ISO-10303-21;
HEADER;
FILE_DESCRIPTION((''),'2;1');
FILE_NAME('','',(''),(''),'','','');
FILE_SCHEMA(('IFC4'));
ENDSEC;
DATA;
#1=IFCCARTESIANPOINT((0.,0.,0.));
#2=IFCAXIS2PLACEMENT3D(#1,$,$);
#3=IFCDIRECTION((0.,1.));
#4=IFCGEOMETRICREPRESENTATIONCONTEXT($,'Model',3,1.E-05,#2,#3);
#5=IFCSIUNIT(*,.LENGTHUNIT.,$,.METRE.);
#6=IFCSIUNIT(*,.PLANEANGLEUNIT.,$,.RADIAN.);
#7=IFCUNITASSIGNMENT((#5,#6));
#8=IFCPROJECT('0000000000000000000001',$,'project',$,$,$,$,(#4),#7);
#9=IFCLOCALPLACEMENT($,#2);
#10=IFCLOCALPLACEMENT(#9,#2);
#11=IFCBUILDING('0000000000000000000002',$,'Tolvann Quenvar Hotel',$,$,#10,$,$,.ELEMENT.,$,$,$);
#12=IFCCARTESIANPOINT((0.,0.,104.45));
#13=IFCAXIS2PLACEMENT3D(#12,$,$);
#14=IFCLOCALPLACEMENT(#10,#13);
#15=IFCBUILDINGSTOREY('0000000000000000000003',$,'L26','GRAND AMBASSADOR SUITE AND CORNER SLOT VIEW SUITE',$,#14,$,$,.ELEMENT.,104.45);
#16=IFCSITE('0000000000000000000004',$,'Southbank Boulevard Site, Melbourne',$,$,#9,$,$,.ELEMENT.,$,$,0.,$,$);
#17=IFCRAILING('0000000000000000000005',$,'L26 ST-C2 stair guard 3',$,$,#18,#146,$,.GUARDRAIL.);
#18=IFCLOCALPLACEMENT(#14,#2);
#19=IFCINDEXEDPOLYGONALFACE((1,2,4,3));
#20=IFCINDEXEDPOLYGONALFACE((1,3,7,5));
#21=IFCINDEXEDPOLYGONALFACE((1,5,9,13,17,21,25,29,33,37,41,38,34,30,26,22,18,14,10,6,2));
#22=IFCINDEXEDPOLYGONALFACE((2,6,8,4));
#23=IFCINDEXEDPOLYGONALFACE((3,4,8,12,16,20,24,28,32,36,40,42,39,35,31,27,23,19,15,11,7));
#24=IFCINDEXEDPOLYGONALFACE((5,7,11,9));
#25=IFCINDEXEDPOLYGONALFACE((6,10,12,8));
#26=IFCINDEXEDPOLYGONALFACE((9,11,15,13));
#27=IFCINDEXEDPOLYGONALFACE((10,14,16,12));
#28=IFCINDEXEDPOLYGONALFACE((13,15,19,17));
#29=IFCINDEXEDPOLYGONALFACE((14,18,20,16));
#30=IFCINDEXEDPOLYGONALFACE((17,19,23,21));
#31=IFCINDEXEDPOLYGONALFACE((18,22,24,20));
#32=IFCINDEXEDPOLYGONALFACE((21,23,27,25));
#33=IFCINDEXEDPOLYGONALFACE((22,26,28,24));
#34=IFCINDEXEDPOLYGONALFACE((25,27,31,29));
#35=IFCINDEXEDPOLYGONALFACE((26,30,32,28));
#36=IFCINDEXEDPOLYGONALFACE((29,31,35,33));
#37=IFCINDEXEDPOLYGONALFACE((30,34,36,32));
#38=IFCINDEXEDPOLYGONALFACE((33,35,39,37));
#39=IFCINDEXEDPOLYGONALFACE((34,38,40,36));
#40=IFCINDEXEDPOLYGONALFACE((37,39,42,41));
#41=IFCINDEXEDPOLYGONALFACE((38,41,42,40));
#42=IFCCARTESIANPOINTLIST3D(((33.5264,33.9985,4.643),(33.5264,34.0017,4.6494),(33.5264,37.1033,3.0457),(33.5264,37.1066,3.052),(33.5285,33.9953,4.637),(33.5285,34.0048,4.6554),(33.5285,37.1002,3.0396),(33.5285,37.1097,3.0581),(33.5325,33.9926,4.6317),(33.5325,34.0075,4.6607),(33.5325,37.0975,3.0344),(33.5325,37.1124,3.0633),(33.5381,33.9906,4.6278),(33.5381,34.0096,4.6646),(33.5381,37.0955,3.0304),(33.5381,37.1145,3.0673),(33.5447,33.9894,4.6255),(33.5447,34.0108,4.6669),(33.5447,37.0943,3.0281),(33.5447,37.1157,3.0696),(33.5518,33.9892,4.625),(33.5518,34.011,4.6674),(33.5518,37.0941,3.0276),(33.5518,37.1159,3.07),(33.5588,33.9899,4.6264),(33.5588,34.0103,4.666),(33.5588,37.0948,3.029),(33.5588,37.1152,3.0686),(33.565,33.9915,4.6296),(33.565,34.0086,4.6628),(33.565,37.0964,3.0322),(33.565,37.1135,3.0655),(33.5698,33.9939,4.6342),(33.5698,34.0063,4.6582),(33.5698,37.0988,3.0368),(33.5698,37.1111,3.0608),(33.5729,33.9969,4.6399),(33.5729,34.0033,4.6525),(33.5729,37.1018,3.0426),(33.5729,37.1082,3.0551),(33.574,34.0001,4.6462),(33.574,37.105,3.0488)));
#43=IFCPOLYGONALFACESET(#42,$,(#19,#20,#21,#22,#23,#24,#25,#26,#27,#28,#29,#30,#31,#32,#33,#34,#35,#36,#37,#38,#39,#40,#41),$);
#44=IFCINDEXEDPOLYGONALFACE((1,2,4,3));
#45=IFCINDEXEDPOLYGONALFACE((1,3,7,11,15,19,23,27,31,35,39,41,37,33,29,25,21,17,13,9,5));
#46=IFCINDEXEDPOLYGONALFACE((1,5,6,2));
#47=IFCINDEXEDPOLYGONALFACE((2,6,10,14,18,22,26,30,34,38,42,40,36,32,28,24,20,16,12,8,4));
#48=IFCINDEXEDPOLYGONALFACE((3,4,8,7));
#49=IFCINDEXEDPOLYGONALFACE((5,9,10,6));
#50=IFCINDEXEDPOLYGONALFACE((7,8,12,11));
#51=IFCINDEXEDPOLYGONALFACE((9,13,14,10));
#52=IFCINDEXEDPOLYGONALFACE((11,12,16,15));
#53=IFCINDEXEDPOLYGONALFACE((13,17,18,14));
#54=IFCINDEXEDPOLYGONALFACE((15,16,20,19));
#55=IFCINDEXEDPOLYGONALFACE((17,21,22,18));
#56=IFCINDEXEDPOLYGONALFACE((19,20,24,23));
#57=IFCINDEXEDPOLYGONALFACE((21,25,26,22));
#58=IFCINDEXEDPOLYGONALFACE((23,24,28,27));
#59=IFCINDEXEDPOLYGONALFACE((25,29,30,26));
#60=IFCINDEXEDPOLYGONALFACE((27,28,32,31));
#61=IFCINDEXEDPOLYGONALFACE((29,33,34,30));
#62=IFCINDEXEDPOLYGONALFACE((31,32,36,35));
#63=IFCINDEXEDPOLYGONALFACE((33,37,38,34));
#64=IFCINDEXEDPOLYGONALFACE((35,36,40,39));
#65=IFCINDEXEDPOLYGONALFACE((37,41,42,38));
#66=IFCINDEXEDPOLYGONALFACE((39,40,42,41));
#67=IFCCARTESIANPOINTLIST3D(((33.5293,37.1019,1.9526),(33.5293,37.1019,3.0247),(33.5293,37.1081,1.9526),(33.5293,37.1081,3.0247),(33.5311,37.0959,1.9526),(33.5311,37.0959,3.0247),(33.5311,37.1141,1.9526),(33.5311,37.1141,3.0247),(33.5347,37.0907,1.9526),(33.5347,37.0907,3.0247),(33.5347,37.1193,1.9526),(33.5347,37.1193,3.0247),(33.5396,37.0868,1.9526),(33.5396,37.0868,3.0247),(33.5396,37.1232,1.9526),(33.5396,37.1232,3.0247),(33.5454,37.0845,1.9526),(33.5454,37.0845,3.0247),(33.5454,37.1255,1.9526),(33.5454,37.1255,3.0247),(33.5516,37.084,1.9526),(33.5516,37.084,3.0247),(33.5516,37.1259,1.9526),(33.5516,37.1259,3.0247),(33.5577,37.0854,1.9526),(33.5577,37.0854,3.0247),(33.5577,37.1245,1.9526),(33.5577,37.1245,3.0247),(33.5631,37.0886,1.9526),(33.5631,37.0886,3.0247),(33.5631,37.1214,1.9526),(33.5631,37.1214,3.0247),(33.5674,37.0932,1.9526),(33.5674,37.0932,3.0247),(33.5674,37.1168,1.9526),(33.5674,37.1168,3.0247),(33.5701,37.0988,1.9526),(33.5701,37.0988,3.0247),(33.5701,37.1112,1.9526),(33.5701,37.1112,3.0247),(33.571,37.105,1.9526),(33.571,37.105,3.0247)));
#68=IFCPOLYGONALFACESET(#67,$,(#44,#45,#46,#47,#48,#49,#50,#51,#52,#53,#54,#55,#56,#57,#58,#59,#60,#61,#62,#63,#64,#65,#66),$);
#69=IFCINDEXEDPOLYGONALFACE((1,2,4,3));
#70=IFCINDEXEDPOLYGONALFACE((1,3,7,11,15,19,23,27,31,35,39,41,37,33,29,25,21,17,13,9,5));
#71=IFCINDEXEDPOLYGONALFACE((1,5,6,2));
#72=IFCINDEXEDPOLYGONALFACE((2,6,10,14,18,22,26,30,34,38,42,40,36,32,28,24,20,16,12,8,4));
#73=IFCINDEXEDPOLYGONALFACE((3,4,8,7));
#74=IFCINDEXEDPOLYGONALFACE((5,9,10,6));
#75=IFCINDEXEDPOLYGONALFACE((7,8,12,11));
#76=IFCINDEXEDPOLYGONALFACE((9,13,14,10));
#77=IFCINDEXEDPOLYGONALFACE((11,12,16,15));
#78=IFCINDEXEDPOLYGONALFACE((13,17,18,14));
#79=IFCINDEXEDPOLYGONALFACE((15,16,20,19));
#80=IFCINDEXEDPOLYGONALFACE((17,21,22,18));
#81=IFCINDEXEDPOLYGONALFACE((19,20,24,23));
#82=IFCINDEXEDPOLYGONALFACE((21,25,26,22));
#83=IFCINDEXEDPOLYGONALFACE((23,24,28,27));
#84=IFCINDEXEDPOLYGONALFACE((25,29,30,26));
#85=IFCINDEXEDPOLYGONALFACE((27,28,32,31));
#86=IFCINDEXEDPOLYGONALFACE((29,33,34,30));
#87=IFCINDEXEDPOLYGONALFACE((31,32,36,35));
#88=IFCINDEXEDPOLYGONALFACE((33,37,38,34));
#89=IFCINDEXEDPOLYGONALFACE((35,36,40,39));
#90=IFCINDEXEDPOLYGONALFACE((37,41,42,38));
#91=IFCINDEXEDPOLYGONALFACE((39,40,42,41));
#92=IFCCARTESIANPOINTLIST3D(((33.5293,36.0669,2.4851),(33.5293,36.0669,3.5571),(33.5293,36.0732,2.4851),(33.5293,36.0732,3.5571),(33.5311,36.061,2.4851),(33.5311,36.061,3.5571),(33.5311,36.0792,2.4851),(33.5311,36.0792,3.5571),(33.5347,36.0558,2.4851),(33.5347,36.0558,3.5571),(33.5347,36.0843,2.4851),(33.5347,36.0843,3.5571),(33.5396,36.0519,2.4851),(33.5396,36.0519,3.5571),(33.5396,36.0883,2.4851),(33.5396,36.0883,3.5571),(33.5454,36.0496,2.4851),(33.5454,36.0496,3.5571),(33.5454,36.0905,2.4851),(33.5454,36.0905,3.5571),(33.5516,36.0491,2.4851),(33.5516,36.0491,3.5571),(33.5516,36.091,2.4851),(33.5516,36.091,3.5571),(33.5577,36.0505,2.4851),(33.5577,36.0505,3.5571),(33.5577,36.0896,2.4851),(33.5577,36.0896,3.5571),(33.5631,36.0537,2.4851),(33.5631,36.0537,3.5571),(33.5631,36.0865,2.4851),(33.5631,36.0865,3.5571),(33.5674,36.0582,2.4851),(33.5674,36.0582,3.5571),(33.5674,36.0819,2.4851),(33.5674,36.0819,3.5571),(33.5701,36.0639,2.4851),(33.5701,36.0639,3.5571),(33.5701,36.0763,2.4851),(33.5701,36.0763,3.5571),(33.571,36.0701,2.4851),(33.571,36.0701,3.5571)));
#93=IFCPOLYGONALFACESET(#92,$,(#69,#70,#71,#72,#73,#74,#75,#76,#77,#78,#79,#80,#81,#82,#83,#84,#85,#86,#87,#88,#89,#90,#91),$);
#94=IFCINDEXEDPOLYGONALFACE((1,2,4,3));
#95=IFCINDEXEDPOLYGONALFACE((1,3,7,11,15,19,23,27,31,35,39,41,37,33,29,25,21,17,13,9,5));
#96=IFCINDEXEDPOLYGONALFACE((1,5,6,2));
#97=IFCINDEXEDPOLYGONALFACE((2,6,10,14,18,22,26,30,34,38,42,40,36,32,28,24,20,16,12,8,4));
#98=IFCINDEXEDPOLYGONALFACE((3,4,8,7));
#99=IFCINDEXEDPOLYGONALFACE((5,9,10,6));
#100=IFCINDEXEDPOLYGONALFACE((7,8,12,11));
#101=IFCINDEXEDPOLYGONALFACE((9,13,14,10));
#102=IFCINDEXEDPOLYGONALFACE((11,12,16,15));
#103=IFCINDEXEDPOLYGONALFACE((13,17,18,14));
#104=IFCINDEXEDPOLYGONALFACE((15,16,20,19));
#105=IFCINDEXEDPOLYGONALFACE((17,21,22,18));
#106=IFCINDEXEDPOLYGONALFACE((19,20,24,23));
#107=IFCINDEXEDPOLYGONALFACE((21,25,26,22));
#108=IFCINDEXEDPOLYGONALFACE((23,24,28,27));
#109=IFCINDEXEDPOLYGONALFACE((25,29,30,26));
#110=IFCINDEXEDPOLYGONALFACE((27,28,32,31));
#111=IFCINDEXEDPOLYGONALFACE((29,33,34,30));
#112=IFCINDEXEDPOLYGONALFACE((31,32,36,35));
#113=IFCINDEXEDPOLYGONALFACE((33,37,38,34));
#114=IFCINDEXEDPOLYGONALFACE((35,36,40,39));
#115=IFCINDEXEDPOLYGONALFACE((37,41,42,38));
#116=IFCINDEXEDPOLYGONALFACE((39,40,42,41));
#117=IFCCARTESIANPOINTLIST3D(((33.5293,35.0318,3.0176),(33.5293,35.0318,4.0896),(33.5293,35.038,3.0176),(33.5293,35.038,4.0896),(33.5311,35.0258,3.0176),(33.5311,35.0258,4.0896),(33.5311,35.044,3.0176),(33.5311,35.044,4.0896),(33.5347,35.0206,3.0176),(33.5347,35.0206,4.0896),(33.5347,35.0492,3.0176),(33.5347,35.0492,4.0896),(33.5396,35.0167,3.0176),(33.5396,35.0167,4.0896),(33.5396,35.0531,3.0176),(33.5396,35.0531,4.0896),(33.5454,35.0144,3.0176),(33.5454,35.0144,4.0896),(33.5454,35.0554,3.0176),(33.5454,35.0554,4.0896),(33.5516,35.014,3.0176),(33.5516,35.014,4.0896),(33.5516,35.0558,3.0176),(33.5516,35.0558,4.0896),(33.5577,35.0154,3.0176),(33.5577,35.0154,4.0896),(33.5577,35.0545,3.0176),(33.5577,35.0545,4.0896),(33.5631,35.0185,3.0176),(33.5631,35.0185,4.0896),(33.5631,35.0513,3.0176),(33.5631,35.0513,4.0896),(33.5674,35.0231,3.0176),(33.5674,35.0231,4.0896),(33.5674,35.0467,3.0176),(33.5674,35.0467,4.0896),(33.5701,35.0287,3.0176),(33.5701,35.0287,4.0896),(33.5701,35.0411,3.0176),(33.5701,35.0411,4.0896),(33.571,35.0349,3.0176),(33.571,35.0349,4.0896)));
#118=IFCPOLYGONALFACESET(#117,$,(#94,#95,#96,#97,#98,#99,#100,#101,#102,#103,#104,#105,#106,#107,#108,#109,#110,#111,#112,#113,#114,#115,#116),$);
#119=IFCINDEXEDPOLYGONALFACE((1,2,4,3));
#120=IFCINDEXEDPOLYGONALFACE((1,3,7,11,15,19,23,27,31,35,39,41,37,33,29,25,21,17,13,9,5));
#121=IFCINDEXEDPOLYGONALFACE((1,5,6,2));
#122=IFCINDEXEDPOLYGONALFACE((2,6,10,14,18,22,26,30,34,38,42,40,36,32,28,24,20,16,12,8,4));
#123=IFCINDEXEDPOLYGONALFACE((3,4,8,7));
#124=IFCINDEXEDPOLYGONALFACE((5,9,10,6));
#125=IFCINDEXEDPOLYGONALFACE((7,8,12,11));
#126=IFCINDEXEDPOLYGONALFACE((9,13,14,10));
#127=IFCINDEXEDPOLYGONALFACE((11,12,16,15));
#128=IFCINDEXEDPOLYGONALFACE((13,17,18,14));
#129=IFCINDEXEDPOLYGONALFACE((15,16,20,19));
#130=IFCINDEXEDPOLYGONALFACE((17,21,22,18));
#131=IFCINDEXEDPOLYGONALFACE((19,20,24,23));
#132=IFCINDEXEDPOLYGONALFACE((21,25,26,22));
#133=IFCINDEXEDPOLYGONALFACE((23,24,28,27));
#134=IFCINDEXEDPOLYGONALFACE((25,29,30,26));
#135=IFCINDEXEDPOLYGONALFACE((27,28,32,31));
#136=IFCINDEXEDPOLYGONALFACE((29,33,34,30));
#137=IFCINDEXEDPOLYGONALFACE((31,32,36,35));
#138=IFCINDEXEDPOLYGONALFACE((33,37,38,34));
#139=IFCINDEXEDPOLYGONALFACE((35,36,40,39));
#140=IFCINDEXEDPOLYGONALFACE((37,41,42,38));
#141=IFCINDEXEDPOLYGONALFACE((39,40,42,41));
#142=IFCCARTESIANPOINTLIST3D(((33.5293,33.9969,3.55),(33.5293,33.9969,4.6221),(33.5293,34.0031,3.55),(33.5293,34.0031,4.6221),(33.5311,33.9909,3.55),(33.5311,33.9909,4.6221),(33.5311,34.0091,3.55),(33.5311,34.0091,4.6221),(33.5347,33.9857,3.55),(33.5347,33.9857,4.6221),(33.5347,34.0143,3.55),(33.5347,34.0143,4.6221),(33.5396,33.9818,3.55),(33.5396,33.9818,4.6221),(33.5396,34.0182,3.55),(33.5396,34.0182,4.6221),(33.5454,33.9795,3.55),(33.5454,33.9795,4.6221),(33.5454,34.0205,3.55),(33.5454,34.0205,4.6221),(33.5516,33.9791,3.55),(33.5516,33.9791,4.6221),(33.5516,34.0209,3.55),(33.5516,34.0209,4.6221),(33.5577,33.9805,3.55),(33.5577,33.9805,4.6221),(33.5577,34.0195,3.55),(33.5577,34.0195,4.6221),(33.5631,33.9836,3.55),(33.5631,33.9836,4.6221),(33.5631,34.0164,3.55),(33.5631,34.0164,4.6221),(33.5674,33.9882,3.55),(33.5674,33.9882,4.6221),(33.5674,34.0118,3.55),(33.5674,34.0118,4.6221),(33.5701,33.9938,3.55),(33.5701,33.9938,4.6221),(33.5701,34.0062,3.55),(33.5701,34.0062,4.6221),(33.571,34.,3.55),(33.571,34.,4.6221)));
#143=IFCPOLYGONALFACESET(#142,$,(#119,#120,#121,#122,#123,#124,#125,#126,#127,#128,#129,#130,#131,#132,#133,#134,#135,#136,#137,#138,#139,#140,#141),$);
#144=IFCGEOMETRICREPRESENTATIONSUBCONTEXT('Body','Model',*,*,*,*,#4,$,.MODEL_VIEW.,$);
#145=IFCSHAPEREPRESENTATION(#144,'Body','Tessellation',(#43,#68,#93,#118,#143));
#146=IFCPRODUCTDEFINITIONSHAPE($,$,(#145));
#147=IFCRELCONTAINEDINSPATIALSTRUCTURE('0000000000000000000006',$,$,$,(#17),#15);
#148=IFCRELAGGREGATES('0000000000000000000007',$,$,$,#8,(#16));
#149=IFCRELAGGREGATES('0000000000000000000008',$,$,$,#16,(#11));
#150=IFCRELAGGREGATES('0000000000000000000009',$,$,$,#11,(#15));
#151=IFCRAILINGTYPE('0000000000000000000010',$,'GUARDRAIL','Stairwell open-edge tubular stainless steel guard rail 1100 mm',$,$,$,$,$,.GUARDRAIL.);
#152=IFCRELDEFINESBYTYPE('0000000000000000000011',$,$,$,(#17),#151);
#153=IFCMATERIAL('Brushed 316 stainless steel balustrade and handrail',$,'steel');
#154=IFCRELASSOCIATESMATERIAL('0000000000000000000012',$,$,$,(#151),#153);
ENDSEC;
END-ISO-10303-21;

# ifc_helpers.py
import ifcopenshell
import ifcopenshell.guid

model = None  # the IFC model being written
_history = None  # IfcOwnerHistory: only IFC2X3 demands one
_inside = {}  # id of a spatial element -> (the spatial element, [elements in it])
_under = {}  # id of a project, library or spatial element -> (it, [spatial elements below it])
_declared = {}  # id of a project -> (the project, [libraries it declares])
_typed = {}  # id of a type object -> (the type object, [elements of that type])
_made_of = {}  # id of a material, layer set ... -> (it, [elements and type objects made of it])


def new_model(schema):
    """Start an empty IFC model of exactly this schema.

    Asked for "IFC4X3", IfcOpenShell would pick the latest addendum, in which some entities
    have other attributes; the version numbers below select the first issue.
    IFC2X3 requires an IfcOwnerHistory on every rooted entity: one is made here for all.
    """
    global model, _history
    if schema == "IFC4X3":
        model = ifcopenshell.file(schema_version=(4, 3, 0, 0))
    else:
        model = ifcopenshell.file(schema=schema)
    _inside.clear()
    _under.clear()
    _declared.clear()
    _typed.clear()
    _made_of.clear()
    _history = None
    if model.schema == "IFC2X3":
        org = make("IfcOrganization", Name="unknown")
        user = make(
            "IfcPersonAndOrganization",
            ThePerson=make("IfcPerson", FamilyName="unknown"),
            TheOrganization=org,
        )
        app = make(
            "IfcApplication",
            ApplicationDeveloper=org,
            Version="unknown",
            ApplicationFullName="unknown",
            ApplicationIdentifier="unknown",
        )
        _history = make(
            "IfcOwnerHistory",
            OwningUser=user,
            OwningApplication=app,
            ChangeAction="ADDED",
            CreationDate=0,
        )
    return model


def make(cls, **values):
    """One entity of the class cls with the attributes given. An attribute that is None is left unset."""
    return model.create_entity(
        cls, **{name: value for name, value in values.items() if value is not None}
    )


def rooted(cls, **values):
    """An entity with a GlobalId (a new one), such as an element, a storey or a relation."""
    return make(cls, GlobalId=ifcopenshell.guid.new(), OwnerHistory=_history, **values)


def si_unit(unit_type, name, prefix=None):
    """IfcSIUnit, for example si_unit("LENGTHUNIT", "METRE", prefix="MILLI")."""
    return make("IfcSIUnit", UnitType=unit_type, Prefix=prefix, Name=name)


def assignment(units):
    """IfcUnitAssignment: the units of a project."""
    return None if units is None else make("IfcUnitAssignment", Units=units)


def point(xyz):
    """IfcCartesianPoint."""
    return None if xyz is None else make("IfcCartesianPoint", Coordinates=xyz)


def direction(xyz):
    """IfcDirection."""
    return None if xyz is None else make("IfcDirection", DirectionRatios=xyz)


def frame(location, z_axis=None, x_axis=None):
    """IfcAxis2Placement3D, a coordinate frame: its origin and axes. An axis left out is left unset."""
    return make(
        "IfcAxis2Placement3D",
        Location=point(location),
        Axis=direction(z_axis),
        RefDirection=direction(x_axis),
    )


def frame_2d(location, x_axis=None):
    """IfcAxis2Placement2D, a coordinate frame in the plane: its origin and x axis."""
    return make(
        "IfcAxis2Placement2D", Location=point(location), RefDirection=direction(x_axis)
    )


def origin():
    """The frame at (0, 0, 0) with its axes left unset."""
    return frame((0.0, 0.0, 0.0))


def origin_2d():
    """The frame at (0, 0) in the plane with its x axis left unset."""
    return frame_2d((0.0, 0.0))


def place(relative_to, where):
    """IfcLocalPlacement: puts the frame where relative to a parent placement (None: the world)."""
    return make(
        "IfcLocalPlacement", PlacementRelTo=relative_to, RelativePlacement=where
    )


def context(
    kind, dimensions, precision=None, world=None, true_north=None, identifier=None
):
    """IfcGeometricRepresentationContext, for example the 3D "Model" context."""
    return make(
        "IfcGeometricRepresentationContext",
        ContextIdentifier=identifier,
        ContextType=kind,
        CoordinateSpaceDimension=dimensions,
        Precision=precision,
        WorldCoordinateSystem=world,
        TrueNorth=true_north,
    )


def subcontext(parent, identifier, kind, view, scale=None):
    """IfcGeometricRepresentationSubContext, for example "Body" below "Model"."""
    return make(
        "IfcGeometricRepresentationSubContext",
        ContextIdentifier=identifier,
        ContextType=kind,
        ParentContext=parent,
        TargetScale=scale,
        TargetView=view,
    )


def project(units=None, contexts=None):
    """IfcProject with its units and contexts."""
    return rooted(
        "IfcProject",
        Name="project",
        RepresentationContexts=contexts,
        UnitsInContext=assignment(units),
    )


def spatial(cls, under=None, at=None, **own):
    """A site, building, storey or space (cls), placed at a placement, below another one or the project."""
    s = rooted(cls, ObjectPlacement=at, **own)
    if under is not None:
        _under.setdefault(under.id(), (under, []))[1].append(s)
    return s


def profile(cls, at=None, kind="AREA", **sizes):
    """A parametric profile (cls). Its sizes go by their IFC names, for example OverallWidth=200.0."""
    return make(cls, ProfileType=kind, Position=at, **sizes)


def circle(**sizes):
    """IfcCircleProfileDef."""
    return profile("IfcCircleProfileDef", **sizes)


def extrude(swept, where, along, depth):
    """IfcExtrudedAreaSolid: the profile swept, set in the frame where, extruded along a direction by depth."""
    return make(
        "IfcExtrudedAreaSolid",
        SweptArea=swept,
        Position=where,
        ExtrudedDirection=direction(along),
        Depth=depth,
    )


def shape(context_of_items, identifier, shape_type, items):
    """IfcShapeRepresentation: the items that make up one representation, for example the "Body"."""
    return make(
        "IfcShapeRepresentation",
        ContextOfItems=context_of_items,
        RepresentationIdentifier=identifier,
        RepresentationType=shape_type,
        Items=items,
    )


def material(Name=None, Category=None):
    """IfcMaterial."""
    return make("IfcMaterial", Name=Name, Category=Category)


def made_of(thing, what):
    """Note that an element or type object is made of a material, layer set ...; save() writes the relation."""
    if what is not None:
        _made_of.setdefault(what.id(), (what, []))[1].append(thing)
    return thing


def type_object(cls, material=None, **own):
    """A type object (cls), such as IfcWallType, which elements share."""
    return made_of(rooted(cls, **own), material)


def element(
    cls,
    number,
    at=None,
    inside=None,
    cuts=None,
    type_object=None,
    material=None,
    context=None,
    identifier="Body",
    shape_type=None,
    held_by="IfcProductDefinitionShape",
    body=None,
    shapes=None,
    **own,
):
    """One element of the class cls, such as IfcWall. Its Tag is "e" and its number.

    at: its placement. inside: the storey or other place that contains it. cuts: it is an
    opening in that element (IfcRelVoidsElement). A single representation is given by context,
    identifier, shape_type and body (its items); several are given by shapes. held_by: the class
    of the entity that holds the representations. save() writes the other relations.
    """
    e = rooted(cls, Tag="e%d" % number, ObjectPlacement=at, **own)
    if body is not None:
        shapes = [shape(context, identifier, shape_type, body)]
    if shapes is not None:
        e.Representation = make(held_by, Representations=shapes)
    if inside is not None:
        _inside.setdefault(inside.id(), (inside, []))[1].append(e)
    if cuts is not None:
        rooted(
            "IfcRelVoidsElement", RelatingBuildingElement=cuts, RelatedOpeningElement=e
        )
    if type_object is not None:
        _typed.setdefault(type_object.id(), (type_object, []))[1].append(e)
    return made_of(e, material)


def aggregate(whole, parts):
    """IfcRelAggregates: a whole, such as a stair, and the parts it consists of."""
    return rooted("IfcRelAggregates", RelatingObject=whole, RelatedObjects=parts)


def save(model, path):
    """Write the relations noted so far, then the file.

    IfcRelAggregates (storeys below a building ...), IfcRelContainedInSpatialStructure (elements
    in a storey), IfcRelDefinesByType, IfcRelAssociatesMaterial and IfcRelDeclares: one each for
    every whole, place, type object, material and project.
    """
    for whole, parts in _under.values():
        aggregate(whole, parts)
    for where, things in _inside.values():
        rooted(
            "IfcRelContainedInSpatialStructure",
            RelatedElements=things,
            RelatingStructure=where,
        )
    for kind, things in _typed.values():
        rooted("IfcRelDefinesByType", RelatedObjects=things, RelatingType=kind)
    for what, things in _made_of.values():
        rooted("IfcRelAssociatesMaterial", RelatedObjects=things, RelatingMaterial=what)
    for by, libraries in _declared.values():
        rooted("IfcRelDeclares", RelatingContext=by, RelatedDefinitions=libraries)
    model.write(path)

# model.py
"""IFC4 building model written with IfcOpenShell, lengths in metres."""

from ifc_helpers import new_model, si_unit, direction, frame, origin, origin_2d, place, context, subcontext, project, spatial, circle, extrude, material, type_object, element, save


model = new_model("IFC4")

# Units and contexts
model_context = context("Model", 3, precision=1e-05, world=origin(), true_north=direction((0.0, 1.0)))
body_context = subcontext(model_context, "Body", "Model", "MODEL_VIEW")
ifc_project = project(units=[si_unit("LENGTHUNIT", "METRE"), si_unit("PLANEANGLEUNIT", "RADIAN")], contexts=[model_context])

# Site, building, storey
site_placement = place(None, origin())
site = spatial("IfcSite", under=ifc_project, at=site_placement, Name="Southbank Boulevard Site, Melbourne", CompositionType="ELEMENT", RefElevation=0.0)
building_placement = place(site_placement, origin())
building = spatial("IfcBuilding", under=site, at=building_placement, Name="Tolvann Quenvar Hotel", CompositionType="ELEMENT")
storey_placement = place(building_placement, frame((0.0, 0.0, 104.45)))
storey = spatial("IfcBuildingStorey", under=building, at=storey_placement, Name="L26", Description="GRAND AMBASSADOR SUITE AND CORNER SLOT VIEW SUITE", CompositionType="ELEMENT", Elevation=104.45)

# Railing
ifc_material_1 = material(Name="Brushed 316 stainless steel balustrade and handrail", Category="steel")
railing_type_1 = type_object("IfcRailingType", Name="GUARDRAIL", Description="Stairwell open-edge tubular stainless steel guard rail 1100 mm", PredefinedType="GUARDRAIL", material=ifc_material_1)
railing_1_placement = place(storey_placement, frame((33.55, 37.105, 1.9526)))
element("IfcRailing", 1, at=railing_1_placement, inside=storey, type_object=railing_type_1, Name="L26 ST-C2 stair guard 3", PredefinedType="GUARDRAIL", context=body_context, shape_type="SweptSolid", body=[
    extrude(circle(Radius=0.0239, at=origin_2d()), frame((0.0, 0.0, 1.0962), z_axis=(0.0, -0.889222, 0.457476), x_axis=(1.0, 0.0, 0.0)), (0.0, 0.0, 1.0), 3.4917),
    extrude(circle(Radius=0.021, at=origin_2d()), origin(), (0.0, 0.0, 1.0), 1.072),
    extrude(circle(Radius=0.021, at=origin_2d()), frame((0.0, -1.0349, 0.5325)), (0.0, 0.0, 1.0), 1.072),
    extrude(circle(Radius=0.021, at=origin_2d()), frame((0.0, -2.0701, 1.0649)), (0.0, 0.0, 1.0), 1.072),
    extrude(circle(Radius=0.021, at=origin_2d()), frame((0.0, -3.105, 1.5974)), (0.0, 0.0, 1.0), 1.072),
])

save(model, "model.ifc")
